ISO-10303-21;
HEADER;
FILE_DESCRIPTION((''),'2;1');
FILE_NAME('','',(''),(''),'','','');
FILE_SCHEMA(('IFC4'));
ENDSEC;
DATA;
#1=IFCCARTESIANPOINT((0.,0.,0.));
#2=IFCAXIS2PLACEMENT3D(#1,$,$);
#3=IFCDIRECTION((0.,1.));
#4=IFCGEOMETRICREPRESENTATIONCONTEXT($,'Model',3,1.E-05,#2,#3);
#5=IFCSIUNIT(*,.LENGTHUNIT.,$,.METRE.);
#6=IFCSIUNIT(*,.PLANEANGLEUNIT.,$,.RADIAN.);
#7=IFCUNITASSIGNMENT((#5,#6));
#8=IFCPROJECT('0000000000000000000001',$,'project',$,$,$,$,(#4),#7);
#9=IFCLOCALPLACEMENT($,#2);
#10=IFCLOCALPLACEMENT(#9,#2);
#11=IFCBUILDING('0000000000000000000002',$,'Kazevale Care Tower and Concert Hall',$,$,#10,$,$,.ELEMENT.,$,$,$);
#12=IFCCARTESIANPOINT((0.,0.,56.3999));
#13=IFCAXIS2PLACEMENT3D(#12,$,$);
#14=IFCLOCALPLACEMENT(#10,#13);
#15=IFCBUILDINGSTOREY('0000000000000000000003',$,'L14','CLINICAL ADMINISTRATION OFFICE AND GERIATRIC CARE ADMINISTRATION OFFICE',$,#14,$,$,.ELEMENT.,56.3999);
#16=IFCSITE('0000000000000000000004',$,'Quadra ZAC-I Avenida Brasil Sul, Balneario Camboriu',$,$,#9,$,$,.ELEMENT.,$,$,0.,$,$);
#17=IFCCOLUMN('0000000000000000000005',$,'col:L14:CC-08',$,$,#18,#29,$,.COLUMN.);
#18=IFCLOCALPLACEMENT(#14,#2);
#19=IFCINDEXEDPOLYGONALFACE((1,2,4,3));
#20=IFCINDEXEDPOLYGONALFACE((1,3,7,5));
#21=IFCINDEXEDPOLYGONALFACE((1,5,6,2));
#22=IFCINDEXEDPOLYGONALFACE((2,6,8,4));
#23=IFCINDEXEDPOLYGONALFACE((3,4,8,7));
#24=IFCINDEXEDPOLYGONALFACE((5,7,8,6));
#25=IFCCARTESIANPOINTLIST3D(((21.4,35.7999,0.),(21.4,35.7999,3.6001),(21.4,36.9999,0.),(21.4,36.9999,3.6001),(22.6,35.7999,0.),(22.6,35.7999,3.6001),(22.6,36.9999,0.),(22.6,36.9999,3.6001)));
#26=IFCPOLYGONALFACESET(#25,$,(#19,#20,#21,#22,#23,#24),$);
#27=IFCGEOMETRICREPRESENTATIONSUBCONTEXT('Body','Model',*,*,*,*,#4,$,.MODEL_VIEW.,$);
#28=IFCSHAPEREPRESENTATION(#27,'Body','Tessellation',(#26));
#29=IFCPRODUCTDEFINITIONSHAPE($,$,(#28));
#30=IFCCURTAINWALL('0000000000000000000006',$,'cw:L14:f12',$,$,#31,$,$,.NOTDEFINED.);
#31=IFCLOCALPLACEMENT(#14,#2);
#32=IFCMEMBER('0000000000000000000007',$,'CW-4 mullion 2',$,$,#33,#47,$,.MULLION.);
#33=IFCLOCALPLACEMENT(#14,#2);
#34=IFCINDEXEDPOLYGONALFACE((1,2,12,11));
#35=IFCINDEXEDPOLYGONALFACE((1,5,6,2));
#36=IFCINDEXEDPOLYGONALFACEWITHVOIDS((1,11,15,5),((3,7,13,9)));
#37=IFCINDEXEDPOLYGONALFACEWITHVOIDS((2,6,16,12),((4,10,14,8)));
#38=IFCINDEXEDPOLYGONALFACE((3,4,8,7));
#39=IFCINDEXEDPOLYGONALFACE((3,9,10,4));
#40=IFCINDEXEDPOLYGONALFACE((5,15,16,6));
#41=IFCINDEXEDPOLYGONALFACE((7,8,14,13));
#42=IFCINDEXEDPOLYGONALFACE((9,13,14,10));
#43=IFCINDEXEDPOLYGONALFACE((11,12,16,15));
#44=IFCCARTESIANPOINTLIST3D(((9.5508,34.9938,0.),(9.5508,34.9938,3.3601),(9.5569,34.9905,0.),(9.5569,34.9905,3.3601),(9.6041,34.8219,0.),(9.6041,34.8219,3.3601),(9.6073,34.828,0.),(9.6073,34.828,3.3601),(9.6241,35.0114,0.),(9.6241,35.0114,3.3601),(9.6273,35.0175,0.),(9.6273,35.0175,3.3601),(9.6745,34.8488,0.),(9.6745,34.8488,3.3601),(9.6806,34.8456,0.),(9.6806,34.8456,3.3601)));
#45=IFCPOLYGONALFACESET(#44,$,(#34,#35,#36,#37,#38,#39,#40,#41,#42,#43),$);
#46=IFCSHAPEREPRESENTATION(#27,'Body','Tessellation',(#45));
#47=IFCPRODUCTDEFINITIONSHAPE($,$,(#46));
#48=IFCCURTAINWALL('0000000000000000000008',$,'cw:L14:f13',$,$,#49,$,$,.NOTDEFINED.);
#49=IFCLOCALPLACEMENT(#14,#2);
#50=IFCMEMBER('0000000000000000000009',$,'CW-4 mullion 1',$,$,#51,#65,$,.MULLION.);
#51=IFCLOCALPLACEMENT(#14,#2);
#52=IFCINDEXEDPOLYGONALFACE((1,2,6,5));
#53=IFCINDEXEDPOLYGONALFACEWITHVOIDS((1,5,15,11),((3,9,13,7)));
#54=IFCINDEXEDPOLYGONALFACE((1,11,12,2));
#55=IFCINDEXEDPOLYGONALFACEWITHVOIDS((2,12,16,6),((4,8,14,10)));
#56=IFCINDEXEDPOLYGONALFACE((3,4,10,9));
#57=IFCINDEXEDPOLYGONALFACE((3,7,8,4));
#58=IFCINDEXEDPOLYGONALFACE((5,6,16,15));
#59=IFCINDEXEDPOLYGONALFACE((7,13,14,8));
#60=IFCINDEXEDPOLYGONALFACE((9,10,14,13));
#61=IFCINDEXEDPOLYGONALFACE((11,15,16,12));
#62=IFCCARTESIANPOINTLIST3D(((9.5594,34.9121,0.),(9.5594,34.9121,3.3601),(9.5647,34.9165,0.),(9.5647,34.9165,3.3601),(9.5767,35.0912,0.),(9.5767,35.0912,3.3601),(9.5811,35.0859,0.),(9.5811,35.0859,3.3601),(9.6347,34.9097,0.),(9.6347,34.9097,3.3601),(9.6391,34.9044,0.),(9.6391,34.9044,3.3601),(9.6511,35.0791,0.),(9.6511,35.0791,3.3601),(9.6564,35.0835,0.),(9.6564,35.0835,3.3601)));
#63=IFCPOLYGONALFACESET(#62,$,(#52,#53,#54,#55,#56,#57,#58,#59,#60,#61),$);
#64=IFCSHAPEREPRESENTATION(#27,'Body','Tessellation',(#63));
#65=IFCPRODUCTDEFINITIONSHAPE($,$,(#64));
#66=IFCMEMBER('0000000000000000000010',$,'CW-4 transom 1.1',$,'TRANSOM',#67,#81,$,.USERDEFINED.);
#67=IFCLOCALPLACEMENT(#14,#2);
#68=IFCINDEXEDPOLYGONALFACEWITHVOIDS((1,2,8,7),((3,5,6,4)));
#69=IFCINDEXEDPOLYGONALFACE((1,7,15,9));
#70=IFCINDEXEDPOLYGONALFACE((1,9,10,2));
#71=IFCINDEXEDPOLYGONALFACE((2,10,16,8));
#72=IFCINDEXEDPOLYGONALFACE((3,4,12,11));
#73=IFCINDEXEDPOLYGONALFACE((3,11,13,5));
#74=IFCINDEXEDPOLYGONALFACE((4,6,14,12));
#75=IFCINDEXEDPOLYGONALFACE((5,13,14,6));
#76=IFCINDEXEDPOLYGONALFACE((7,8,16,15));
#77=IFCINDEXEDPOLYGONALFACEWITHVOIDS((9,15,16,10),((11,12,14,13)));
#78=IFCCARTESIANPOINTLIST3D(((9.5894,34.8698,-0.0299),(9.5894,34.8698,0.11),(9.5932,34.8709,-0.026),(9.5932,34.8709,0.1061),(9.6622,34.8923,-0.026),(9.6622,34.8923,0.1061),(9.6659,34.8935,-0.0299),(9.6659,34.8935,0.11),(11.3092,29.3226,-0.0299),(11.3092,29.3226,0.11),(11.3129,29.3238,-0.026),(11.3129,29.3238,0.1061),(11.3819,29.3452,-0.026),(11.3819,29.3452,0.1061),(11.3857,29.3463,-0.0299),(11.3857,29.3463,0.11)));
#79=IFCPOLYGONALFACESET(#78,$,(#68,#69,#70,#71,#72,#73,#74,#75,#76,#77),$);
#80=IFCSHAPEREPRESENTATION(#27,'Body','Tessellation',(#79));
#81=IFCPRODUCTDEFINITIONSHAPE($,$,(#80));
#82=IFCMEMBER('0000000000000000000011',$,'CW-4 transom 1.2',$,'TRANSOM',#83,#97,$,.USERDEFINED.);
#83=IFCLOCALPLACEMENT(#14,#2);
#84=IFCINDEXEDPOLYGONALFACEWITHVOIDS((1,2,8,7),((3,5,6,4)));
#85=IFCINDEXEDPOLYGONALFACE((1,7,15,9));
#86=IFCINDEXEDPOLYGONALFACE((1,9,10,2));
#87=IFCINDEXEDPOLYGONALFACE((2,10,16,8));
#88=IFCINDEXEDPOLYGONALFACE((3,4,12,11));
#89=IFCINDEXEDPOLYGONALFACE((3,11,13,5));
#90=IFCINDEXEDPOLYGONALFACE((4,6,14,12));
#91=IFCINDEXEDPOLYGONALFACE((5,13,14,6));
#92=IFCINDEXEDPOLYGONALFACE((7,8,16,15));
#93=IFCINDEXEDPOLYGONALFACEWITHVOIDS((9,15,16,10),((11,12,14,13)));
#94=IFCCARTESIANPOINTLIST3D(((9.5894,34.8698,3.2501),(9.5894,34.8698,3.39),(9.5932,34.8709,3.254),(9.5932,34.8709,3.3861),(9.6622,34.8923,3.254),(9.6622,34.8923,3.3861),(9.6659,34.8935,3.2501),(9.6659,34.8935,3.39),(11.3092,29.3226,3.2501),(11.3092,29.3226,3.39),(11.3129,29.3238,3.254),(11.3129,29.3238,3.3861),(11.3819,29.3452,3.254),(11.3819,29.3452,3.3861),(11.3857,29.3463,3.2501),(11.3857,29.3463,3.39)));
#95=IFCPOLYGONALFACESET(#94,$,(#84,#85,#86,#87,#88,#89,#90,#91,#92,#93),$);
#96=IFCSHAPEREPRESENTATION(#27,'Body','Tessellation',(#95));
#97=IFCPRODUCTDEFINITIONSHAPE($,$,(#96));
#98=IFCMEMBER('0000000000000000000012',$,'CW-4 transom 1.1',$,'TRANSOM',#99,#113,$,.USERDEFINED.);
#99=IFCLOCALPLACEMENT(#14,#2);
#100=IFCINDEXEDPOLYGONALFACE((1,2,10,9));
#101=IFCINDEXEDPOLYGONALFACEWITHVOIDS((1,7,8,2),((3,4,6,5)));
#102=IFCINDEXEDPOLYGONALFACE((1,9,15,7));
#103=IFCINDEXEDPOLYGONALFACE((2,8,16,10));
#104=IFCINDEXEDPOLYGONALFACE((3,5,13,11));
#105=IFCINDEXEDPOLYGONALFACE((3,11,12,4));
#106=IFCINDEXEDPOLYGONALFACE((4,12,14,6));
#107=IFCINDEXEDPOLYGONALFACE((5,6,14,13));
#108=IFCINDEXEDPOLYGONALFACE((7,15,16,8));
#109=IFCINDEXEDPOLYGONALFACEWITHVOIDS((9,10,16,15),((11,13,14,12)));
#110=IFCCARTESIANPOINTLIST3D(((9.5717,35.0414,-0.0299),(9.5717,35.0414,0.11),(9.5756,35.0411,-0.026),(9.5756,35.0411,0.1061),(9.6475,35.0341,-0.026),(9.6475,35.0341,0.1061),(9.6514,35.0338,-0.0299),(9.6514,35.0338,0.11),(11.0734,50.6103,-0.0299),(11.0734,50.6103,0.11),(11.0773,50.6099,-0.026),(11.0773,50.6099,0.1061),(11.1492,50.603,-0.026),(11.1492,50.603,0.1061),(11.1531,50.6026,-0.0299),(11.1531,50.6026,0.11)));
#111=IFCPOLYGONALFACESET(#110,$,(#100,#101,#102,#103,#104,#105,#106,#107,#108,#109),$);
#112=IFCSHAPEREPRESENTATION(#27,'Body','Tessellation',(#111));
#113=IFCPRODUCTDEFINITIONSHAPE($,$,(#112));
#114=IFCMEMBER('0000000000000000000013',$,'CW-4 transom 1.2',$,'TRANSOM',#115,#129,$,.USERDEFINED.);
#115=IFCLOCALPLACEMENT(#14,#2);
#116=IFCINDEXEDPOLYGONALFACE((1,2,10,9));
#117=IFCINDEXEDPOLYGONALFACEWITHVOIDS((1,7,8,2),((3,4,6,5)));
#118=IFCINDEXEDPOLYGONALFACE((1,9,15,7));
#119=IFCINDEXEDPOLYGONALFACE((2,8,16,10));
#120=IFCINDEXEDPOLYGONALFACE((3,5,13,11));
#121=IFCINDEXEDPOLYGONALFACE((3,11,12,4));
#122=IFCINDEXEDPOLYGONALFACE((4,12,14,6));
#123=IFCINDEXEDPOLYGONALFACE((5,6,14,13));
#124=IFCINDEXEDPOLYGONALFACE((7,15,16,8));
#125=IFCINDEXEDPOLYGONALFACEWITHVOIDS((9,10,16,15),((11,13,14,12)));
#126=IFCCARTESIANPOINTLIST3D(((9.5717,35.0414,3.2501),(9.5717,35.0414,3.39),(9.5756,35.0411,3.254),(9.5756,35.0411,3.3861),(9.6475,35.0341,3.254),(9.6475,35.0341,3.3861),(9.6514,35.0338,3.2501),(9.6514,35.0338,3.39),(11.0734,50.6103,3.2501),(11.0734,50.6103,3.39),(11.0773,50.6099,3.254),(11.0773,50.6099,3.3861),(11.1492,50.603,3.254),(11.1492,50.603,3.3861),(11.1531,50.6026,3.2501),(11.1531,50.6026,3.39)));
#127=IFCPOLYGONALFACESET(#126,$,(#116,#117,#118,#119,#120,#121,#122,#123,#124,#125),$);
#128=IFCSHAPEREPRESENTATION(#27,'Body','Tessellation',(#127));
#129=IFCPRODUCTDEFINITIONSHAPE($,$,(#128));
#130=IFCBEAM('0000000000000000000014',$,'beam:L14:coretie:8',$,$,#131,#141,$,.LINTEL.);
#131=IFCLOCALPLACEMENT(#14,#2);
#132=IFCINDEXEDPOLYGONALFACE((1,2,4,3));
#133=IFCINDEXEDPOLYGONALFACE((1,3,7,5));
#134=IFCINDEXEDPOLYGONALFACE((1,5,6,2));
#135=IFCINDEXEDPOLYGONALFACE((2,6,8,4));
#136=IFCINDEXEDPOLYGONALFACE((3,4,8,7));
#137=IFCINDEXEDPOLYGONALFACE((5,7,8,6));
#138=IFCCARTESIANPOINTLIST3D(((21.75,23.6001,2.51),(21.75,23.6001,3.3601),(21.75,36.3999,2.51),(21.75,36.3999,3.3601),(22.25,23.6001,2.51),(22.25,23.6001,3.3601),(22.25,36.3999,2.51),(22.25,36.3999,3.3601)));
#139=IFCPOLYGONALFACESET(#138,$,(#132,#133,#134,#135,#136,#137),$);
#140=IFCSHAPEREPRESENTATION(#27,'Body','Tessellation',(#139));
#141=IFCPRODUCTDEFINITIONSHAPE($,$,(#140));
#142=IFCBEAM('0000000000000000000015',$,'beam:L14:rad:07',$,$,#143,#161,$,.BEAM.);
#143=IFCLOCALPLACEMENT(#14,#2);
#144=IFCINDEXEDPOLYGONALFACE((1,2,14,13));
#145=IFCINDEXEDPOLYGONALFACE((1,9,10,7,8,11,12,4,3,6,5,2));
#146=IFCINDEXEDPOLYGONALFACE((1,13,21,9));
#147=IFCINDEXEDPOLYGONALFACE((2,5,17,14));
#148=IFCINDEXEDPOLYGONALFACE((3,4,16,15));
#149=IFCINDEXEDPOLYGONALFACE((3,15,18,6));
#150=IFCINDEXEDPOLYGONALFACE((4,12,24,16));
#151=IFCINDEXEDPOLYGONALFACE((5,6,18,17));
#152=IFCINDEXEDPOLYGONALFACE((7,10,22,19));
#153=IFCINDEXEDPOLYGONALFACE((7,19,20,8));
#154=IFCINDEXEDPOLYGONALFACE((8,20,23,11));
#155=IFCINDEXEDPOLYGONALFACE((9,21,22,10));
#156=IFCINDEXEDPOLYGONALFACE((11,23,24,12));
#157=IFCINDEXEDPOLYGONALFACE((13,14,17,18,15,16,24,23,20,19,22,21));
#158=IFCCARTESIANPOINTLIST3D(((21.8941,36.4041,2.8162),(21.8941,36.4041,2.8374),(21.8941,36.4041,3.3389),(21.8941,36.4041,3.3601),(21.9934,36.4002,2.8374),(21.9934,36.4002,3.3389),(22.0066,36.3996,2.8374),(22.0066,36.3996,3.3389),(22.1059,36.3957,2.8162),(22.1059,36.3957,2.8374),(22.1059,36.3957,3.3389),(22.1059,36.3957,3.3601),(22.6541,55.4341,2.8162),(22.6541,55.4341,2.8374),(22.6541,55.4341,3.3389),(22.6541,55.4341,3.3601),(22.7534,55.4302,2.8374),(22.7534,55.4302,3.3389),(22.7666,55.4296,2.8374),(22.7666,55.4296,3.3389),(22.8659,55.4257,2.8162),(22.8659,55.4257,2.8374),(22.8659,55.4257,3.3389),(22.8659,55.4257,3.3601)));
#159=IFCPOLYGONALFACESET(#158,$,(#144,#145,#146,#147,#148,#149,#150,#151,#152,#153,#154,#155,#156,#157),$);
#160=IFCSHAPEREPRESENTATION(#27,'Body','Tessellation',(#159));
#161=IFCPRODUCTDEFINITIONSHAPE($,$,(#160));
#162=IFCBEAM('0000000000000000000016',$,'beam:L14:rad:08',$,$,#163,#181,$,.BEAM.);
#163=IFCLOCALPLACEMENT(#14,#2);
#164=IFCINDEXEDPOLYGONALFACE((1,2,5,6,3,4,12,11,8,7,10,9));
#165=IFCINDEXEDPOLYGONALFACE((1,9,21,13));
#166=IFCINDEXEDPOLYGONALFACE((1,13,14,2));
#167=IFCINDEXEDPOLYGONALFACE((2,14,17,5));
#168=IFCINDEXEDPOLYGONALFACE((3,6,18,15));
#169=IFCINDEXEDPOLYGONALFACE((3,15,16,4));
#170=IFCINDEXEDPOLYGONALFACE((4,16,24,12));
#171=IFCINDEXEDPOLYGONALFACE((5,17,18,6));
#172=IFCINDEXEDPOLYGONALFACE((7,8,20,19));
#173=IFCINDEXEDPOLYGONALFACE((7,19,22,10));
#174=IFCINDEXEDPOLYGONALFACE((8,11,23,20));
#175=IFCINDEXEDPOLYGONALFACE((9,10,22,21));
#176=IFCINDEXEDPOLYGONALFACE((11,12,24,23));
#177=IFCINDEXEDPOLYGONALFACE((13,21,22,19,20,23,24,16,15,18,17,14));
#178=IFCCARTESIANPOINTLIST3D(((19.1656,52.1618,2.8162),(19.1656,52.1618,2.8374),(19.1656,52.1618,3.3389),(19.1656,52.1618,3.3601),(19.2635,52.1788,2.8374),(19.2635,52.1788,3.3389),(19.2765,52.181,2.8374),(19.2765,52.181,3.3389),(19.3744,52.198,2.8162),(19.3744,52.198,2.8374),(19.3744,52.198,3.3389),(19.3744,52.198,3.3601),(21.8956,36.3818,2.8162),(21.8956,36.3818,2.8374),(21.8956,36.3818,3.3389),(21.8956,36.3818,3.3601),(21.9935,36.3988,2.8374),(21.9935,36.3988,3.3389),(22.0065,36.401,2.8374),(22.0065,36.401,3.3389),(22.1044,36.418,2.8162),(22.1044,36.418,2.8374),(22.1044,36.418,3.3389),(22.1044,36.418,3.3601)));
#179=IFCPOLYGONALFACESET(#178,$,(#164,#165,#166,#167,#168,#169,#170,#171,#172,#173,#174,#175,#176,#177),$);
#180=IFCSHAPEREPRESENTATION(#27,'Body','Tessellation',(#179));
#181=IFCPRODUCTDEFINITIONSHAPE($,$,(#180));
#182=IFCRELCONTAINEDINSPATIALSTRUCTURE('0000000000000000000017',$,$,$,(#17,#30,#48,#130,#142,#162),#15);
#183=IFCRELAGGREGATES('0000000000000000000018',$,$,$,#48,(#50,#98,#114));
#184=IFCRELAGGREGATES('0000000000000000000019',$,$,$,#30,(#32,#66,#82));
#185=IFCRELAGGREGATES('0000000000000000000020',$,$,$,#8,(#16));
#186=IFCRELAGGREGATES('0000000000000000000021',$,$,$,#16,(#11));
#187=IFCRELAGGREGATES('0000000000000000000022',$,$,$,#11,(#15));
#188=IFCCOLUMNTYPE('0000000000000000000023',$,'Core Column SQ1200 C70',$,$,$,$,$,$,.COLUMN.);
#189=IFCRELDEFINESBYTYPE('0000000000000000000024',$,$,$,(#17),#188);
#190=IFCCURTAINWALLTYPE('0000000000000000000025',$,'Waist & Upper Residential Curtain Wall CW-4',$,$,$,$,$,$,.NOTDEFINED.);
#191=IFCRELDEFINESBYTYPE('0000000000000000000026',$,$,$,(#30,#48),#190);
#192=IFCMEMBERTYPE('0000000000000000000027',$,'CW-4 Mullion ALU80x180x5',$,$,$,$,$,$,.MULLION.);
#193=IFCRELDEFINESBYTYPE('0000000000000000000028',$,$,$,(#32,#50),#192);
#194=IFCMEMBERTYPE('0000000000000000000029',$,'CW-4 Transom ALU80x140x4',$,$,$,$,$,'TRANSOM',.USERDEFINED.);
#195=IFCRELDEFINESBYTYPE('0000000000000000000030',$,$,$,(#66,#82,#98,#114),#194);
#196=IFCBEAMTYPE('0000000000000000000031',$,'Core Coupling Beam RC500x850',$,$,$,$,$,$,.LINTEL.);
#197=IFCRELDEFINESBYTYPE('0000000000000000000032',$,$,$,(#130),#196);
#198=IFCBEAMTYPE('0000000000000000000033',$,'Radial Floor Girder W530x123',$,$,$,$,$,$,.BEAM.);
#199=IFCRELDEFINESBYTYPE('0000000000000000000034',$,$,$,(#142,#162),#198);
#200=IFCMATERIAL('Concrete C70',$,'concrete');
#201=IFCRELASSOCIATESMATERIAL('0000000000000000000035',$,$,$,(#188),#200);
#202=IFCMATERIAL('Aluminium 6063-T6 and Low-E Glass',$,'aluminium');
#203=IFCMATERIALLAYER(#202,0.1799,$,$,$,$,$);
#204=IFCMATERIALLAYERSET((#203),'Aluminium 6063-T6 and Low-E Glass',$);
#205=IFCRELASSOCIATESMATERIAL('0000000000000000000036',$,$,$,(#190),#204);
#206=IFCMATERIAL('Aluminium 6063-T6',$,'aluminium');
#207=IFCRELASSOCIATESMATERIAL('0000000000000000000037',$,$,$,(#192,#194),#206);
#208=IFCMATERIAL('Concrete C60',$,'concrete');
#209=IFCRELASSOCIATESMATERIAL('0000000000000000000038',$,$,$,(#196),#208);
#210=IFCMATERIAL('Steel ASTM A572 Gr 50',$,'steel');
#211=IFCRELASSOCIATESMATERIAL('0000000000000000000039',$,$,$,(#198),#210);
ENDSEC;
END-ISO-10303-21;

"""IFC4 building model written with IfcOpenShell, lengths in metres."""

from ifc_helpers import new_model, si_unit, direction, frame, origin, origin_2d, place, context, subcontext, project, spatial, rectangle, hollow_rectangle, i_section, extrude, material, layer, layer_set, material_profile, profile_set, type_object, element, aggregate, save


model = new_model("IFC4")

# Units and contexts
model_context = context("Model", 3, precision=1e-05, world=origin(), true_north=direction((0.0, 1.0)))
body_context = subcontext(model_context, "Body", "Model", "MODEL_VIEW")
ifc_project = project(units=[si_unit("LENGTHUNIT", "METRE"), si_unit("PLANEANGLEUNIT", "RADIAN")], contexts=[model_context])

# Site, building, storey
site_placement = place(None, origin())
site = spatial("IfcSite", under=ifc_project, at=site_placement, Name="Quadra ZAC-I Avenida Brasil Sul, Balneario Camboriu", CompositionType="ELEMENT", RefElevation=0.0)
building_placement = place(site_placement, origin())
building = spatial("IfcBuilding", under=site, at=building_placement, Name="Kazevale Care Tower and Concert Hall", CompositionType="ELEMENT")
storey_placement = place(building_placement, frame((0.0, 0.0, 56.3999)))
storey = spatial("IfcBuildingStorey", under=building, at=storey_placement, Name="L14", Description="CLINICAL ADMINISTRATION OFFICE AND GERIATRIC CARE ADMINISTRATION OFFICE", CompositionType="ELEMENT", Elevation=56.3999)

# Column
ifc_material_1 = material(Name="Concrete C70", Category="concrete")
ifc_material_profile_1 = material_profile(ifc_material_1, rectangle(XDim=1.2, YDim=1.2, at=origin_2d()), Name="RC-SQ1200")
ifc_profile_set_1 = profile_set([ifc_material_profile_1], Name="Concrete C70")
column_type = type_object("IfcColumnType", Name="Core Column SQ1200 C70", PredefinedType="COLUMN", material=ifc_profile_set_1)
column_placement = place(storey_placement, frame((22.0, 36.3999, 0.0), z_axis=(0.0, 0.0, 1.0), x_axis=(1.0, 0.0, 0.0)))
element("IfcColumn", 1, at=column_placement, inside=storey, type_object=column_type, Name="col:L14:CC-08", PredefinedType="COLUMN", context=body_context, shape_type="SweptSolid", body=[
    extrude(rectangle(XDim=1.2, YDim=1.2, at=origin_2d()), origin(), (0.0, 0.0, 1.0), 3.6001),
])

# Curtain walls, members
ifc_material_2 = material(Name="Aluminium 6063-T6 and Low-E Glass", Category="aluminium")
ifc_layer_1 = layer(ifc_material_2, 0.1799)
ifc_layer_set_1 = layer_set([ifc_layer_1], Name="Aluminium 6063-T6 and Low-E Glass")
curtain_wall_type = type_object("IfcCurtainWallType", Name="Waist & Upper Residential Curtain Wall CW-4", PredefinedType="NOTDEFINED", material=ifc_layer_set_1)
curtain_wall_1_placement = place(storey_placement, origin())
curtain_wall_1 = element("IfcCurtainWall", 2, at=curtain_wall_1_placement, inside=storey, type_object=curtain_wall_type, Name="cw:L14:f12", PredefinedType="NOTDEFINED")
ifc_material_3 = material(Name="Aluminium 6063-T6", Category="aluminium")
ifc_material_profile_2 = material_profile(ifc_material_3, hollow_rectangle(XDim=0.0801, YDim=0.1799, WallThickness=0.0049, at=origin_2d()), Name="ALU80x180x5")
ifc_profile_set_2 = profile_set([ifc_material_profile_2], Name="Aluminium 6063-T6")
member_type_1 = type_object("IfcMemberType", Name="CW-4 Mullion ALU80x180x5", PredefinedType="MULLION", material=ifc_profile_set_2)
member_1_placement = place(storey_placement, frame((9.6157, 34.9197, 0.0), z_axis=(0.0, 0.0, 1.0), x_axis=(-0.955157, -0.296099, 0.0)))
member_1 = element("IfcMember", 3, at=member_1_placement, type_object=member_type_1, Name="CW-4 mullion 2", PredefinedType="MULLION", context=body_context, shape_type="SweptSolid", body=[
    extrude(hollow_rectangle(XDim=0.0801, YDim=0.1799, WallThickness=0.0049, at=origin_2d()), origin(), (0.0, 0.0, 1.0), 3.3601),
])
curtain_wall_2_placement = place(storey_placement, origin())
curtain_wall_2 = element("IfcCurtainWall", 4, at=curtain_wall_2_placement, inside=storey, type_object=curtain_wall_type, Name="cw:L14:f13", PredefinedType="NOTDEFINED")
member_2_placement = place(storey_placement, frame((9.6079, 34.9978, 0.0), z_axis=(0.0, 0.0, 1.0), x_axis=(-0.995381, 0.096007, 0.0)))
member_2 = element("IfcMember", 5, at=member_2_placement, type_object=member_type_1, Name="CW-4 mullion 1", PredefinedType="MULLION", context=body_context, shape_type="SweptSolid", body=[
    extrude(hollow_rectangle(XDim=0.0801, YDim=0.1799, WallThickness=0.0049, at=origin_2d()), origin(), (0.0, 0.0, 1.0), 3.3601),
])

# Members
ifc_material_profile_3 = material_profile(ifc_material_3, hollow_rectangle(XDim=0.0801, YDim=0.1399, WallThickness=0.0039, at=origin_2d()), Name="ALU80x140x4")
ifc_profile_set_3 = profile_set([ifc_material_profile_3], Name="Aluminium 6063-T6")
member_type_2 = type_object("IfcMemberType", Name="CW-4 Transom ALU80x140x4", ElementType="TRANSOM", PredefinedType="USERDEFINED", material=ifc_profile_set_3)
member_3_placement = place(storey_placement, frame((11.3474, 29.3345, 0.04), z_axis=(-0.296118, 0.955152, 0.0), x_axis=(-0.955152, -0.296118, 0.0)))
member_3 = element("IfcMember", 6, at=member_3_placement, type_object=member_type_2, Name="CW-4 transom 1.1", ObjectType="TRANSOM", PredefinedType="USERDEFINED", context=body_context, shape_type="SweptSolid", body=[
    extrude(hollow_rectangle(XDim=0.0801, YDim=0.1399, WallThickness=0.0039, at=origin_2d()), origin(), (0.0, 0.0, 1.0), 5.8076),
])
member_4_placement = place(storey_placement, frame((11.3474, 29.3345, 3.3201), z_axis=(-0.296118, 0.955152, 0.0), x_axis=(-0.955152, -0.296118, 0.0)))
member_4 = element("IfcMember", 7, at=member_4_placement, type_object=member_type_2, Name="CW-4 transom 1.2", ObjectType="TRANSOM", PredefinedType="USERDEFINED", context=body_context, shape_type="SweptSolid", body=[
    extrude(hollow_rectangle(XDim=0.0801, YDim=0.1399, WallThickness=0.0039, at=origin_2d()), origin(), (0.0, 0.0, 1.0), 5.8076),
])
member_5_placement = place(storey_placement, frame((9.6116, 35.0376, 0.04), z_axis=(0.09601, 0.99538, 0.0), x_axis=(-0.99538, 0.09601, 0.0)))
member_5 = element("IfcMember", 8, at=member_5_placement, type_object=member_type_2, Name="CW-4 transom 1.1", ObjectType="TRANSOM", PredefinedType="USERDEFINED", context=body_context, shape_type="SweptSolid", body=[
    extrude(hollow_rectangle(XDim=0.0801, YDim=0.1399, WallThickness=0.0039, at=origin_2d()), origin(), (0.0, 0.0, 1.0), 15.6411),
])
member_6_placement = place(storey_placement, frame((9.6116, 35.0376, 3.3201), z_axis=(0.09601, 0.99538, 0.0), x_axis=(-0.99538, 0.09601, 0.0)))
member_6 = element("IfcMember", 9, at=member_6_placement, type_object=member_type_2, Name="CW-4 transom 1.2", ObjectType="TRANSOM", PredefinedType="USERDEFINED", context=body_context, shape_type="SweptSolid", body=[
    extrude(hollow_rectangle(XDim=0.0801, YDim=0.1399, WallThickness=0.0039, at=origin_2d()), origin(), (0.0, 0.0, 1.0), 15.6411),
])
aggregate(curtain_wall_2, [member_2, member_5, member_6])

# Beams
ifc_material_4 = material(Name="Concrete C60", Category="concrete")
ifc_material_profile_4 = material_profile(ifc_material_4, rectangle(XDim=0.5, YDim=0.8501, at=origin_2d()), Name="RC-B500x850")
ifc_profile_set_4 = profile_set([ifc_material_profile_4], Name="Concrete C60")
beam_type_1 = type_object("IfcBeamType", Name="Core Coupling Beam RC500x850", PredefinedType="LINTEL", material=ifc_profile_set_4)
beam_1_placement = place(storey_placement, frame((22.0, 36.3999, 2.9351), z_axis=(0.0, -1.0, 0.0), x_axis=(1.0, 0.0, 0.0)))
element("IfcBeam", 10, at=beam_1_placement, inside=storey, type_object=beam_type_1, Name="beam:L14:coretie:8", PredefinedType="LINTEL", context=body_context, shape_type="SweptSolid", body=[
    extrude(rectangle(XDim=0.5, YDim=0.8501, at=origin_2d()), origin(), (0.0, 0.0, 1.0), 12.7998),
])
ifc_material_5 = material(Name="Steel ASTM A572 Gr 50", Category="steel")
ifc_material_profile_5 = material_profile(ifc_material_5, i_section(OverallWidth=0.2119, OverallDepth=0.5439, WebThickness=0.0132, FlangeThickness=0.0212, at=origin_2d()), Name="W530x123")
ifc_profile_set_5 = profile_set([ifc_material_profile_5], Name="Steel ASTM A572 Gr 50")
beam_type_2 = type_object("IfcBeamType", Name="Radial Floor Girder W530x123", PredefinedType="BEAM", material=ifc_profile_set_5)
beam_2_placement = place(storey_placement, frame((22.0, 36.3999, 3.0881), z_axis=(0.039906, 0.999203, 0.0), x_axis=(-0.999203, 0.039906, 0.0)))
element("IfcBeam", 11, at=beam_2_placement, inside=storey, type_object=beam_type_2, Name="beam:L14:rad:07", PredefinedType="BEAM", context=body_context, shape_type="SweptSolid", body=[
    extrude(i_section(OverallWidth=0.2119, OverallDepth=0.5439, WebThickness=0.0132, FlangeThickness=0.0212, at=origin_2d()), origin(), (0.0, 0.0, 1.0), 19.0452),
])
beam_3_placement = place(storey_placement, frame((22.0, 36.3999, 3.0881), z_axis=(-0.17047, 0.985363, 0.0), x_axis=(-0.985363, -0.17047, 0.0)))
element("IfcBeam", 12, at=beam_3_placement, inside=storey, type_object=beam_type_2, Name="beam:L14:rad:08", PredefinedType="BEAM", context=body_context, shape_type="SweptSolid", body=[
    extrude(i_section(OverallWidth=0.2119, OverallDepth=0.5439, WebThickness=0.0132, FlangeThickness=0.0212, at=origin_2d()), origin(), (0.0, 0.0, 1.0), 16.0144),
])

aggregate(curtain_wall_1, [member_1, member_3, member_4])

save(model, "model.ifc")
